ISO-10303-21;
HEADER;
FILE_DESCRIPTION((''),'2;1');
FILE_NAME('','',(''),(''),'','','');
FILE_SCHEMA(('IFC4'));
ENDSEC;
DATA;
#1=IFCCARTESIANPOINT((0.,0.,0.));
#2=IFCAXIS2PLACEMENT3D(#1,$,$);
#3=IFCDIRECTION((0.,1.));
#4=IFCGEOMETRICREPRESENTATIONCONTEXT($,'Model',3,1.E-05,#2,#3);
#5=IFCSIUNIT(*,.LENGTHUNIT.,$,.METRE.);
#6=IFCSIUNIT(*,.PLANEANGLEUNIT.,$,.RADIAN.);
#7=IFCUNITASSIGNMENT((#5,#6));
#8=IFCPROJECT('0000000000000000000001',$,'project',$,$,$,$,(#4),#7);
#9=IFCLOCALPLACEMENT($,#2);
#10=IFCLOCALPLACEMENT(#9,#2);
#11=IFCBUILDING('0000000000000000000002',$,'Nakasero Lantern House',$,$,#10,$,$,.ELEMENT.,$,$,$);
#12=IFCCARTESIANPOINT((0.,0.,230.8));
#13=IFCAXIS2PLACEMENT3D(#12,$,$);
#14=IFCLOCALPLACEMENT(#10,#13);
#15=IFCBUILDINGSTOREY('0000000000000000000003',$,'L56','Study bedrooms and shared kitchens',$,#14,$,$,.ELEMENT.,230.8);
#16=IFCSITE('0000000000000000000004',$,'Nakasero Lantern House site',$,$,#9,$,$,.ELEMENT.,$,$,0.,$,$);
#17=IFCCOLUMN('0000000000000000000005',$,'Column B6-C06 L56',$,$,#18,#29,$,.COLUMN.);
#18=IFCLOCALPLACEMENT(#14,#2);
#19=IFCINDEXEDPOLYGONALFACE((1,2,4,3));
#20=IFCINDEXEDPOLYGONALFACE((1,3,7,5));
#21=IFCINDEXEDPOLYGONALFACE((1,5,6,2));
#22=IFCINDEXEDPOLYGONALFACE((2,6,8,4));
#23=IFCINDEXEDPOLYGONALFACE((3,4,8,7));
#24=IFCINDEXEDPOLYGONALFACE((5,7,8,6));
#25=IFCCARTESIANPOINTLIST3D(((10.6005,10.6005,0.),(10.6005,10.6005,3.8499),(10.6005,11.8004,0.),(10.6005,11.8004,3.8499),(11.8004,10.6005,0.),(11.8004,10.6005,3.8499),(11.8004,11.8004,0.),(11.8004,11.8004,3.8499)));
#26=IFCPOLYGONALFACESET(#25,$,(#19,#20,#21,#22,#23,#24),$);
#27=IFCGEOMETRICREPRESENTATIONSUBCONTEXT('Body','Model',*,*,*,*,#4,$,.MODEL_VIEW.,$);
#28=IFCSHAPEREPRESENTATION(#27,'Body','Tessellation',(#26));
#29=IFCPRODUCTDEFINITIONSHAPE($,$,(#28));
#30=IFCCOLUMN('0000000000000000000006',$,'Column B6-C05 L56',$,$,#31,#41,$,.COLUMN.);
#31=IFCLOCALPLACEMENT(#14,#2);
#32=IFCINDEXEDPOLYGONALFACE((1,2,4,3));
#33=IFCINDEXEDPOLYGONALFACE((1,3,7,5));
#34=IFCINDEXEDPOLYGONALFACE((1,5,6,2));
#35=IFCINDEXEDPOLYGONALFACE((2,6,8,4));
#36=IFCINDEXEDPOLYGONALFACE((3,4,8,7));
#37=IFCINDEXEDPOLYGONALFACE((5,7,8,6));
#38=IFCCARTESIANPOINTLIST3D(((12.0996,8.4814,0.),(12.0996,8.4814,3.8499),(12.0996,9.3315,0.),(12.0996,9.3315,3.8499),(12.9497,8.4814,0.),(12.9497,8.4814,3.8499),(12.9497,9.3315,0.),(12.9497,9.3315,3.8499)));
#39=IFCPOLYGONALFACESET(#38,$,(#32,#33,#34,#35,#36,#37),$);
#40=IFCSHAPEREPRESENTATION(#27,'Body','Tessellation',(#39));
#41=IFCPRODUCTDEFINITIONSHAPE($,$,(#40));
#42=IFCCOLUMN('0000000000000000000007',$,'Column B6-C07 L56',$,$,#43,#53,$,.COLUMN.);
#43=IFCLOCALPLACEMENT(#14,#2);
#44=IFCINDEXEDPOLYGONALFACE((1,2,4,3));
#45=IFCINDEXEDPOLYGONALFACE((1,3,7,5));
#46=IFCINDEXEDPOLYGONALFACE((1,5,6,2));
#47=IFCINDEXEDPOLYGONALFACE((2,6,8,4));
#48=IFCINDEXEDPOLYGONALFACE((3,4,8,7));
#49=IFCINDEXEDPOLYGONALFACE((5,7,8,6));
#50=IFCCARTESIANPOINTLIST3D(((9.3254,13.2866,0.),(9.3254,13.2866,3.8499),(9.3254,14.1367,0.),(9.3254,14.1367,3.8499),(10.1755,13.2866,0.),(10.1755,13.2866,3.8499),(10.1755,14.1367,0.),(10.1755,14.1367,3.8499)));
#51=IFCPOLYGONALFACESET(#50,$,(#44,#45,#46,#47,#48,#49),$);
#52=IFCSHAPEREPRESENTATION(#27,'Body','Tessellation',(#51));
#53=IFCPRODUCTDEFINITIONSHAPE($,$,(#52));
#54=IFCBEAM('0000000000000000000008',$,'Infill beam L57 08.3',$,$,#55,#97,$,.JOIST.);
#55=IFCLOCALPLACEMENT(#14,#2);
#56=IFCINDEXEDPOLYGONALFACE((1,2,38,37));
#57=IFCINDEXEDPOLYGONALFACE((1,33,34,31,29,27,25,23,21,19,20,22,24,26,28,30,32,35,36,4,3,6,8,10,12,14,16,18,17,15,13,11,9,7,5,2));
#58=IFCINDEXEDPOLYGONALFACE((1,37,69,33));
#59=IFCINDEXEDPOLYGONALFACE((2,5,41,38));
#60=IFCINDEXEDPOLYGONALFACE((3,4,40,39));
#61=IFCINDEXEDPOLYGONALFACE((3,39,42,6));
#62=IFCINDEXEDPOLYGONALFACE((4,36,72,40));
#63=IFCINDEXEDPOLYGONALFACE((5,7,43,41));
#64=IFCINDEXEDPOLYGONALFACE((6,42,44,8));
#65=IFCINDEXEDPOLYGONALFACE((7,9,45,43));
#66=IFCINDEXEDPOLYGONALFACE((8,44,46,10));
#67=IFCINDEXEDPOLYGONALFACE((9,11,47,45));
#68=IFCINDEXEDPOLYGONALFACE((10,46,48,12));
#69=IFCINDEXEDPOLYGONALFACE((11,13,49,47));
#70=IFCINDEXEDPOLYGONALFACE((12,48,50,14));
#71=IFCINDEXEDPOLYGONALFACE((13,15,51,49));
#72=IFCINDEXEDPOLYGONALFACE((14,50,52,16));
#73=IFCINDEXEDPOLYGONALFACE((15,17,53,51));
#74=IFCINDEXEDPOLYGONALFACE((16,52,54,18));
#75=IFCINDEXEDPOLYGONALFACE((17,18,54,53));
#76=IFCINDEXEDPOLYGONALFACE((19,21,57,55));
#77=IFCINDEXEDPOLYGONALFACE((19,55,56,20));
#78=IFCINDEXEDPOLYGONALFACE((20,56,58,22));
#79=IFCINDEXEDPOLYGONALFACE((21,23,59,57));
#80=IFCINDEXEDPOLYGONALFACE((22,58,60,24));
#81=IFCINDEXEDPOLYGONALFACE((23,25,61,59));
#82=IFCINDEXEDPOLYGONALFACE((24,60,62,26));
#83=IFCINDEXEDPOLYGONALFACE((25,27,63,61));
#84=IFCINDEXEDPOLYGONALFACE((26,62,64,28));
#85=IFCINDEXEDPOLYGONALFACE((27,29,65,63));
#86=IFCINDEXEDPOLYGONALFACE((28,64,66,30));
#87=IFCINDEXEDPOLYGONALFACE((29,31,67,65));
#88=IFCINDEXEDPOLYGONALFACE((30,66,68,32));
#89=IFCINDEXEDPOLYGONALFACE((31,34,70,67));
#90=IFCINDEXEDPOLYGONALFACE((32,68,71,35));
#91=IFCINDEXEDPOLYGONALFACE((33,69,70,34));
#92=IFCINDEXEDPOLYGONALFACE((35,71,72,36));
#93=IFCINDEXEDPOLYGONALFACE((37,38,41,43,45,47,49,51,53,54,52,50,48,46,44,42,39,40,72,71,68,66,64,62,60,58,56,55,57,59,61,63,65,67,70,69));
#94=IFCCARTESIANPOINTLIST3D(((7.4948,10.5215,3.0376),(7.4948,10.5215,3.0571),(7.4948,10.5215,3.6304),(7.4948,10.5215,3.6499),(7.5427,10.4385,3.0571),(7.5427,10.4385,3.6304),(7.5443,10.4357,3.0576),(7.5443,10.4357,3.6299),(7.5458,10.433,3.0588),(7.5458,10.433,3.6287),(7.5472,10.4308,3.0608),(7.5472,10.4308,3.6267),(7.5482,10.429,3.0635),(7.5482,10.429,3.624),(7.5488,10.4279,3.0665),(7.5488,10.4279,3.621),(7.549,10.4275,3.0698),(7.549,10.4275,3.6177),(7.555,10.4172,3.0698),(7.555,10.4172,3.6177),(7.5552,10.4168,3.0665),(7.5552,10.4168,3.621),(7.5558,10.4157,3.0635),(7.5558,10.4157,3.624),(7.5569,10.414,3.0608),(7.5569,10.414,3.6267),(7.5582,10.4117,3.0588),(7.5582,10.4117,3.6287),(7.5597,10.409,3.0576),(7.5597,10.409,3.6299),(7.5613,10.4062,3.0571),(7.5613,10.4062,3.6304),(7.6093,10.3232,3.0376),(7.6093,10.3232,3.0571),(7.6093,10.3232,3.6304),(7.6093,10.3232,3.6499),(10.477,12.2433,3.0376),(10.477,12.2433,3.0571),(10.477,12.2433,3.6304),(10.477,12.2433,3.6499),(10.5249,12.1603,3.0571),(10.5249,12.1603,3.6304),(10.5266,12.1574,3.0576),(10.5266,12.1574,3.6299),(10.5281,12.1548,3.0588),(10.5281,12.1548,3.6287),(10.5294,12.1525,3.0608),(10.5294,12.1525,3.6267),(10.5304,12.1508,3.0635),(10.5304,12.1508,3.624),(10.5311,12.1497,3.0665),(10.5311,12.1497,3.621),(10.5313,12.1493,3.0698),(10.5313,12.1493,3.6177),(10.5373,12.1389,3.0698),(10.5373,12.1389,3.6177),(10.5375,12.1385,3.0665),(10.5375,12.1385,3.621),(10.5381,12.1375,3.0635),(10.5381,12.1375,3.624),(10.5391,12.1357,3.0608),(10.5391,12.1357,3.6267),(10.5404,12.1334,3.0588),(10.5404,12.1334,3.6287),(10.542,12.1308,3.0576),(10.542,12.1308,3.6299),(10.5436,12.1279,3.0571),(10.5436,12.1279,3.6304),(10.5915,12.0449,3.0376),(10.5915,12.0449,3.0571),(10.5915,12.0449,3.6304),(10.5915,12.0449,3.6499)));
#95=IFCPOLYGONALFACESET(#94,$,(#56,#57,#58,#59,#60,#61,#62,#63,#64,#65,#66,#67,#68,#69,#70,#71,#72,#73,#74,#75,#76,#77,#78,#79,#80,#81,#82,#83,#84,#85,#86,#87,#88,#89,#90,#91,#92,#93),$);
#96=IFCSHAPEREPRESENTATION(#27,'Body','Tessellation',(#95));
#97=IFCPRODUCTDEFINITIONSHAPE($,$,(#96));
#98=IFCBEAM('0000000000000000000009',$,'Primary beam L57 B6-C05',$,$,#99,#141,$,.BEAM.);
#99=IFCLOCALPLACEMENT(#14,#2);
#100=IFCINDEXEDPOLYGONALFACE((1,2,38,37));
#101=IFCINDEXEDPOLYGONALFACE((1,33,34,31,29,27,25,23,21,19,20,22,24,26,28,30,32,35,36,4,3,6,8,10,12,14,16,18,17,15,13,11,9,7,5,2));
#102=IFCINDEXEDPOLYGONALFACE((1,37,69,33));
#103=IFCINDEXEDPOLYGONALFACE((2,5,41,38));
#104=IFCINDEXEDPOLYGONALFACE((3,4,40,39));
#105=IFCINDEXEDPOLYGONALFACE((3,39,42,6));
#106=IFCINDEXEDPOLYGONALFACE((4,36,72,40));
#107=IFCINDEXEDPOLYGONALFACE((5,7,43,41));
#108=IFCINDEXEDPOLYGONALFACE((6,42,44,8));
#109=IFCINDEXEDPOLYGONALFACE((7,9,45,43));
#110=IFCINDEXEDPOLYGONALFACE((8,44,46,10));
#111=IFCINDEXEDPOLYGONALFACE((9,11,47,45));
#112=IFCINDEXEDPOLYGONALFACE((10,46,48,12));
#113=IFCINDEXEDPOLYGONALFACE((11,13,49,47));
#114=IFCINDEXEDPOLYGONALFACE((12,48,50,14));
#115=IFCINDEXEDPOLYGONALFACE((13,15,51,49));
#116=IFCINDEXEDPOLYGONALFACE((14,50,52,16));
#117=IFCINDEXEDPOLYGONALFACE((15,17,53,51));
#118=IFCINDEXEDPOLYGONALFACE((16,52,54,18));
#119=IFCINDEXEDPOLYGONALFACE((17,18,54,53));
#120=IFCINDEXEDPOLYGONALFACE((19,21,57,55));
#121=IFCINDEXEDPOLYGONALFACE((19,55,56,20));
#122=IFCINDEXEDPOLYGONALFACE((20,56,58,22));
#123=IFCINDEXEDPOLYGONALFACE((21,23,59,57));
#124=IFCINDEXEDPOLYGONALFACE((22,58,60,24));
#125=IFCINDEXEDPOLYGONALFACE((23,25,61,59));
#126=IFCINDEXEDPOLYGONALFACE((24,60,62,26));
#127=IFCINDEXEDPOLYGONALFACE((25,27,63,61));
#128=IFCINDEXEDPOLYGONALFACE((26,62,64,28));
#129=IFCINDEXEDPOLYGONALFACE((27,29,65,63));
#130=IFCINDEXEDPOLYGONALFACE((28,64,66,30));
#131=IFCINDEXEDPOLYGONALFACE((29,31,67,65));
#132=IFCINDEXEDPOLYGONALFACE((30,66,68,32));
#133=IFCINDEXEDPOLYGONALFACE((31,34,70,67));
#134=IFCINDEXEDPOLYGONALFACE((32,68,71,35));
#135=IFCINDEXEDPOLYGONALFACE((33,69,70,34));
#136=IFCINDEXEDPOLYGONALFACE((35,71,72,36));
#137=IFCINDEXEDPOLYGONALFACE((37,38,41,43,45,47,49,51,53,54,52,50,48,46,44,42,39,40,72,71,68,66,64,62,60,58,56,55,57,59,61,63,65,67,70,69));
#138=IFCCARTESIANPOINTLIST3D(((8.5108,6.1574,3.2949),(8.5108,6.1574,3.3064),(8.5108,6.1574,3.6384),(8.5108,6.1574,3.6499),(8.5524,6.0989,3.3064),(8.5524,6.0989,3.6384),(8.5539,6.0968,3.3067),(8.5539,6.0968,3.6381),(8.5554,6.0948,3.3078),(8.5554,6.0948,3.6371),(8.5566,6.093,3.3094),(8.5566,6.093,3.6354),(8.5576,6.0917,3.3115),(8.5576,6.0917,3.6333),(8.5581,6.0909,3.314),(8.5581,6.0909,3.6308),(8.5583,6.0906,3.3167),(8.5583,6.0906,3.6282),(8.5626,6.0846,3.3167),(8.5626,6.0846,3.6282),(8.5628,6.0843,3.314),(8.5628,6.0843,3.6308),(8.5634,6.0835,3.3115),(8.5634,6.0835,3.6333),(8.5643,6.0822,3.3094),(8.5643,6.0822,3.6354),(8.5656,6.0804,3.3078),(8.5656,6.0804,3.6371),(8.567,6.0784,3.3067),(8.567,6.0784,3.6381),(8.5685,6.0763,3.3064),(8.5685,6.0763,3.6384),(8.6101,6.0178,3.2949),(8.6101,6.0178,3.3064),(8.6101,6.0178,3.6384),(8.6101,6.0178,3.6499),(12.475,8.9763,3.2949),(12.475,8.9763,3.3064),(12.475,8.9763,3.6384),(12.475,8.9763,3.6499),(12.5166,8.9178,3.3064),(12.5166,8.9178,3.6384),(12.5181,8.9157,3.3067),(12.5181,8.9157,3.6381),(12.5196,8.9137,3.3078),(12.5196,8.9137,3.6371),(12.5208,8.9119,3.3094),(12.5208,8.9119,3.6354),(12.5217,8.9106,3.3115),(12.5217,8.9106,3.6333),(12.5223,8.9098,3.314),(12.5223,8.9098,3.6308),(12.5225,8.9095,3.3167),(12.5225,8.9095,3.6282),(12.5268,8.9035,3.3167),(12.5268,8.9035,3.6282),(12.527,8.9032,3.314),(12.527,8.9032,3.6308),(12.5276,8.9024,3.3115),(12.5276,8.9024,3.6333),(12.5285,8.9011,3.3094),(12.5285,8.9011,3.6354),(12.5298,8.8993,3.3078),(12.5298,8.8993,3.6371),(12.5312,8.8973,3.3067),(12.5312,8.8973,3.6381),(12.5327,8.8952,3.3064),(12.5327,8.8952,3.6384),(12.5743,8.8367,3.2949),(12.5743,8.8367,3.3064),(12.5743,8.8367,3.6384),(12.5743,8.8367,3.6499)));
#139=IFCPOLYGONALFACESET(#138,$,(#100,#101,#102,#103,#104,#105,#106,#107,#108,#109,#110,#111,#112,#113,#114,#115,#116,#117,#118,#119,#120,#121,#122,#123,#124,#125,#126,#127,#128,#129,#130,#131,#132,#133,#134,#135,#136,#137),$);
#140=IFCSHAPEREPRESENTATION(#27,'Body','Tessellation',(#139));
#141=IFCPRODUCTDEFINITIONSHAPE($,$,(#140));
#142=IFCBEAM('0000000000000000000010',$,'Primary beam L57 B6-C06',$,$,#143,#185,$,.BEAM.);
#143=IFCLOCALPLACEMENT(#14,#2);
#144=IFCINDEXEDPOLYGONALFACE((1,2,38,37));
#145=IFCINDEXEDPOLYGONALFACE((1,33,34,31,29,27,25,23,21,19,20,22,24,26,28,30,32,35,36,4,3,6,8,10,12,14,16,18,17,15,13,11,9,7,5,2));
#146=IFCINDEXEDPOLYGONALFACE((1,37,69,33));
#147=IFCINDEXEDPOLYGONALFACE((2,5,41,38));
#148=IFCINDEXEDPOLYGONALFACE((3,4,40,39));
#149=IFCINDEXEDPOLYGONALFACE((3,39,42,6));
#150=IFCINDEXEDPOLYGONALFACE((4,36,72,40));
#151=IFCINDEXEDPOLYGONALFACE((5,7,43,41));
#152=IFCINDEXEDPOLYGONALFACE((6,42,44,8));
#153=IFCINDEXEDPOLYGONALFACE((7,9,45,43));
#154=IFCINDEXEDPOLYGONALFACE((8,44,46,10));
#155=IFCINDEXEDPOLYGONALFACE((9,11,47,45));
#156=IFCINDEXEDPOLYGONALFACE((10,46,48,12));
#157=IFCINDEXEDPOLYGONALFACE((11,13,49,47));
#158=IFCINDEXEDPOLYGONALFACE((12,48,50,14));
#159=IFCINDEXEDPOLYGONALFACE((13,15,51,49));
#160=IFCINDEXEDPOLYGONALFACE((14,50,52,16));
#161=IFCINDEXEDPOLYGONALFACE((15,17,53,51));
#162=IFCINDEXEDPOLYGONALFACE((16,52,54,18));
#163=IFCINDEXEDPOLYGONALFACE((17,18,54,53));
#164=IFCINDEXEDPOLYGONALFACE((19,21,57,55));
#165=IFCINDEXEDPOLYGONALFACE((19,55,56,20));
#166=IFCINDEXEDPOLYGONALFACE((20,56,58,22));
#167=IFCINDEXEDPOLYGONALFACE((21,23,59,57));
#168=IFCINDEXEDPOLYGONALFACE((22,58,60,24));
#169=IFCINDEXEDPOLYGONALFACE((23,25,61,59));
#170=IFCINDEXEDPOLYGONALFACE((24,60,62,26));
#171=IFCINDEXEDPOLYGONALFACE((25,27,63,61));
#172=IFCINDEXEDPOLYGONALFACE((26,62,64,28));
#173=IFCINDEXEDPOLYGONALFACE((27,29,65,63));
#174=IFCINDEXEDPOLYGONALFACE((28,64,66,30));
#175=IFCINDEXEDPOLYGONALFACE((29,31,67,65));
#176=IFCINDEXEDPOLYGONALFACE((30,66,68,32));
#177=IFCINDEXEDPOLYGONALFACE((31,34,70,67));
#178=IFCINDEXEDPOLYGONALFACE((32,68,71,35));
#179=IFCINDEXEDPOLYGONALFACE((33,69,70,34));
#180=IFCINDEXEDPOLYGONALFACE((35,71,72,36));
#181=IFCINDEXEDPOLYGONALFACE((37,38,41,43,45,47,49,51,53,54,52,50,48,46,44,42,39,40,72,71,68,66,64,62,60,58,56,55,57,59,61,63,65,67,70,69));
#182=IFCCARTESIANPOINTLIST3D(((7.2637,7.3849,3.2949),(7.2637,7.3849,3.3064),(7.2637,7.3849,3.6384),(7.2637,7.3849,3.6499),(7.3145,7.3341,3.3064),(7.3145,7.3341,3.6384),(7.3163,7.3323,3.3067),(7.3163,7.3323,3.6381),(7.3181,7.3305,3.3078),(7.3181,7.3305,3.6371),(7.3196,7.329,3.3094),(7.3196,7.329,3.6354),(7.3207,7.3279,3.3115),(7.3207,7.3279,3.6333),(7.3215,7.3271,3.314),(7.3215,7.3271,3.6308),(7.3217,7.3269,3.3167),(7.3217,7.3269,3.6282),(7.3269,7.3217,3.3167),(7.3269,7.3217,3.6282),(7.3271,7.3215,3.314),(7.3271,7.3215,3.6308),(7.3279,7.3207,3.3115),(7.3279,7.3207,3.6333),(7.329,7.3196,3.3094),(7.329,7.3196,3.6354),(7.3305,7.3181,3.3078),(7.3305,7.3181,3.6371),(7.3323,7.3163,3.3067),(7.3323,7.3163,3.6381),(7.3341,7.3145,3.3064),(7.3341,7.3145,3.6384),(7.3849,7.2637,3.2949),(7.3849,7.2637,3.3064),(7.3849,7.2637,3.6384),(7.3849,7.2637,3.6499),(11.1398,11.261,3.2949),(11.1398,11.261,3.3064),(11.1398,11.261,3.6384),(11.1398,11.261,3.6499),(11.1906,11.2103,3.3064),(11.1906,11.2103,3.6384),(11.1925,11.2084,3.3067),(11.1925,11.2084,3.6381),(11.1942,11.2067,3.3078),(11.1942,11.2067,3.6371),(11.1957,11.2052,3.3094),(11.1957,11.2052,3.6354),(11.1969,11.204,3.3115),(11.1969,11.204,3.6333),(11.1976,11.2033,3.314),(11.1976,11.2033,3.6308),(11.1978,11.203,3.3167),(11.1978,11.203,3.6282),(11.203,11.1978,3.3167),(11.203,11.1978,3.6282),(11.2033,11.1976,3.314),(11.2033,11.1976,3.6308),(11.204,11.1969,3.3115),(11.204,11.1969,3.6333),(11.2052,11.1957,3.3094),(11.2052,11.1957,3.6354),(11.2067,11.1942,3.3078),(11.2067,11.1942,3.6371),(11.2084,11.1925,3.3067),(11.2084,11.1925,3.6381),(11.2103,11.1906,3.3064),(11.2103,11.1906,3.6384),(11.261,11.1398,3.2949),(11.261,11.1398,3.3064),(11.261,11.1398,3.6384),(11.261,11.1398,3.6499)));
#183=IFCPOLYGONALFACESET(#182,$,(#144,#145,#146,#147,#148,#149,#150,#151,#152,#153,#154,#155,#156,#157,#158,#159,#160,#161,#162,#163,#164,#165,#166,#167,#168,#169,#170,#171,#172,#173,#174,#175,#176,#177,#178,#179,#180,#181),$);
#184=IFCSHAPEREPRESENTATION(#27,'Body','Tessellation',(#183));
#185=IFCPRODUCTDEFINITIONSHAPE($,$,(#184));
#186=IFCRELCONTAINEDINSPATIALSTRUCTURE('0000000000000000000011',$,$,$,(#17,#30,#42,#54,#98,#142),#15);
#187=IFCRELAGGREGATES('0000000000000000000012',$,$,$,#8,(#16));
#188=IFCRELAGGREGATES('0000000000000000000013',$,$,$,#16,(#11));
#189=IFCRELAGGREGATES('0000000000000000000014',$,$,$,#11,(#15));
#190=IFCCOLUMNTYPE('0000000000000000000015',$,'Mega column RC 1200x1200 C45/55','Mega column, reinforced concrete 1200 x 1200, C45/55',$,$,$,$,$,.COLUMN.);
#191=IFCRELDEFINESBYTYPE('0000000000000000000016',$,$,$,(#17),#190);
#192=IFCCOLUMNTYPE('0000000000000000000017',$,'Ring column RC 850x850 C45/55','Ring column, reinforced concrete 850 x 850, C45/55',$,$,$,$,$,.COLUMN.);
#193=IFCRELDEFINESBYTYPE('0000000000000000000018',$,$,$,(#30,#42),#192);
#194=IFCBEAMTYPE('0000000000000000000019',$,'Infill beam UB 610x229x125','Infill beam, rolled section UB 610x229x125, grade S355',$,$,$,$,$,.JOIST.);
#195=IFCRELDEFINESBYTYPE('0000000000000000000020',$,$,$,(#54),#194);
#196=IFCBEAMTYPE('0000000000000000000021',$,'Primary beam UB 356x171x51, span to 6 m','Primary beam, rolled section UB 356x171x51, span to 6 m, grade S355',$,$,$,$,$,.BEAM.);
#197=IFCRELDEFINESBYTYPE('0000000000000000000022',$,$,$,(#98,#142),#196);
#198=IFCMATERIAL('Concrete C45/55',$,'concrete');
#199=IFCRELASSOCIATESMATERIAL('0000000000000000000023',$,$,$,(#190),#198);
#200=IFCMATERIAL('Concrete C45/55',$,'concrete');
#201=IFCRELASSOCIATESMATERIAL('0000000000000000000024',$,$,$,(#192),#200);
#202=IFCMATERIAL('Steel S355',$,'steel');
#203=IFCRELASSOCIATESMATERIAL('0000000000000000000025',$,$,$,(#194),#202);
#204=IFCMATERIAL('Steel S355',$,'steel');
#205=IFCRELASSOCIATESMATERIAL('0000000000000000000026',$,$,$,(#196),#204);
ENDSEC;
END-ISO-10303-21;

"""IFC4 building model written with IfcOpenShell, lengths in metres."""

from ifc_helpers import new_model, si_unit, direction, frame, origin, origin_2d, place, context, subcontext, project, spatial, rectangle, i_section, extrude, material, material_profile, profile_set, type_object, element, save


model = new_model("IFC4")

# Units and contexts
model_context = context("Model", 3, precision=1e-05, world=origin(), true_north=direction((0.0, 1.0)))
body_context = subcontext(model_context, "Body", "Model", "MODEL_VIEW")
ifc_project = project(units=[si_unit("LENGTHUNIT", "METRE"), si_unit("PLANEANGLEUNIT", "RADIAN")], contexts=[model_context])

# Site, building, storey
site_placement = place(None, origin())
site = spatial("IfcSite", under=ifc_project, at=site_placement, Name="Nakasero Lantern House site", CompositionType="ELEMENT", RefElevation=0.0)
building_placement = place(site_placement, origin())
building = spatial("IfcBuilding", under=site, at=building_placement, Name="Nakasero Lantern House", CompositionType="ELEMENT")
storey_placement = place(building_placement, frame((0.0, 0.0, 230.8)))
storey = spatial("IfcBuildingStorey", under=building, at=storey_placement, Name="L56", Description="Study bedrooms and shared kitchens", CompositionType="ELEMENT", Elevation=230.8)

# Columns
ifc_material_1 = material(Name="Concrete C45/55", Category="concrete")
ifc_material_profile_1 = material_profile(ifc_material_1, rectangle(XDim=1.2, YDim=1.2, at=origin_2d()), Name="RC 1200x1200")
ifc_profile_set_1 = profile_set([ifc_material_profile_1], Name="Concrete C45/55")
column_type_1 = type_object("IfcColumnType", Name="Mega column RC 1200x1200 C45/55", Description="Mega column, reinforced concrete 1200 x 1200, C45/55", PredefinedType="COLUMN", material=ifc_profile_set_1)
column_placement = place(storey_placement, frame((11.2004, 11.2004, 0.0), z_axis=(0.0, 0.0, 1.0), x_axis=(1.0, 0.0, 0.0)))
element("IfcColumn", 1, at=column_placement, inside=storey, type_object=column_type_1, Name="Column B6-C06 L56", PredefinedType="COLUMN", context=body_context, shape_type="SweptSolid", body=[
    extrude(rectangle(XDim=1.2, YDim=1.2, at=origin_2d()), origin(), (0.0, 0.0, 1.0), 3.8499),
])
ifc_material_2 = material(Name="Concrete C45/55", Category="concrete")
ifc_material_profile_2 = material_profile(ifc_material_2, rectangle(XDim=0.8501, YDim=0.8501, at=origin_2d()), Name="RC 850x850")
ifc_profile_set_2 = profile_set([ifc_material_profile_2], Name="Concrete C45/55")
column_type_2 = type_object("IfcColumnType", Name="Ring column RC 850x850 C45/55", Description="Ring column, reinforced concrete 850 x 850, C45/55", PredefinedType="COLUMN", material=ifc_profile_set_2)
for number, where, z_axis, x_axis, name in (
    (2, (12.5247, 8.9065, 0.0), (0.0, 0.0, 1.0), (1.0, 0.0, 0.0), "Column B6-C05 L56"),
    (3, (9.7505, 13.7117, 0.0), (0.0, 0.0, 1.0), (1.0, 0.0, 0.0), "Column B6-C07 L56"),
):
    element("IfcColumn", number, at=place(storey_placement, frame(where, z_axis=z_axis, x_axis=x_axis)), inside=storey, type_object=column_type_2, Name=name, PredefinedType="COLUMN", context=body_context, shape_type="SweptSolid", body=[
        extrude(rectangle(XDim=0.8501, YDim=0.8501, at=origin_2d()), origin(), (0.0, 0.0, 1.0), 3.8499),
    ])

# Beams
ifc_material_3 = material(Name="Steel S355", Category="steel")
ifc_material_profile_3 = material_profile(ifc_material_3, i_section(OverallWidth=0.229, OverallDepth=0.6123, WebThickness=0.012, FlangeThickness=0.0195, FilletRadius=0.0127, at=origin_2d()), Name="UB 610x229x125")
ifc_profile_set_3 = profile_set([ifc_material_profile_3], Name="Steel S355")
beam_type_1 = type_object("IfcBeamType", Name="Infill beam UB 610x229x125", Description="Infill beam, rolled section UB 610x229x125, grade S355", PredefinedType="JOIST", material=ifc_profile_set_3)
beam_1_placement = place(storey_placement, frame((7.552, 10.4224, 3.3438), z_axis=(0.866036, 0.499982, 0.0), x_axis=(-0.499982, 0.866036, 0.0)))
element("IfcBeam", 4, at=beam_1_placement, inside=storey, type_object=beam_type_1, Name="Infill beam L57 08.3", PredefinedType="JOIST", context=body_context, shape_type="SweptSolid", body=[
    extrude(i_section(OverallWidth=0.229, OverallDepth=0.6123, WebThickness=0.012, FlangeThickness=0.0195, FilletRadius=0.0127, at=origin_2d()), origin(), (0.0, 0.0, 1.0), 3.4436),
])
ifc_material_4 = material(Name="Steel S355", Category="steel")
ifc_material_profile_4 = material_profile(ifc_material_4, i_section(OverallWidth=0.1714, OverallDepth=0.355, WebThickness=0.0073, FlangeThickness=0.0115, FilletRadius=0.0103, at=origin_2d()), Name="UB 356x171x51")
ifc_profile_set_4 = profile_set([ifc_material_profile_4], Name="Steel S355")
beam_type_2 = type_object("IfcBeamType", Name="Primary beam UB 356x171x51, span to 6 m", Description="Primary beam, rolled section UB 356x171x51, span to 6 m, grade S355", PredefinedType="BEAM", material=ifc_profile_set_4)
beam_2_placement = place(storey_placement, frame((12.5247, 8.9065, 3.4724), z_axis=(-0.814963, -0.579513, 0.0), x_axis=(0.579513, -0.814963, 0.0)))
element("IfcBeam", 5, at=beam_2_placement, inside=storey, type_object=beam_type_2, Name="Primary beam L57 B6-C05", PredefinedType="BEAM", context=body_context, shape_type="SweptSolid", body=[
    extrude(i_section(OverallWidth=0.1714, OverallDepth=0.355, WebThickness=0.0073, FlangeThickness=0.0115, FilletRadius=0.0103, at=origin_2d()), origin(), (0.0, 0.0, 1.0), 4.8643),
])
beam_3_placement = place(storey_placement, frame((11.2004, 11.2004, 3.4724), z_axis=(-0.707107, -0.707107, 0.0), x_axis=(0.707107, -0.707107, 0.0)))
element("IfcBeam", 6, at=beam_3_placement, inside=storey, type_object=beam_type_2, Name="Primary beam L57 B6-C06", PredefinedType="BEAM", context=body_context, shape_type="SweptSolid", body=[
    extrude(i_section(OverallWidth=0.1714, OverallDepth=0.355, WebThickness=0.0073, FlangeThickness=0.0115, FilletRadius=0.0103, at=origin_2d()), origin(), (0.0, 0.0, 1.0), 5.4817),
])

save(model, "model.ifc")
